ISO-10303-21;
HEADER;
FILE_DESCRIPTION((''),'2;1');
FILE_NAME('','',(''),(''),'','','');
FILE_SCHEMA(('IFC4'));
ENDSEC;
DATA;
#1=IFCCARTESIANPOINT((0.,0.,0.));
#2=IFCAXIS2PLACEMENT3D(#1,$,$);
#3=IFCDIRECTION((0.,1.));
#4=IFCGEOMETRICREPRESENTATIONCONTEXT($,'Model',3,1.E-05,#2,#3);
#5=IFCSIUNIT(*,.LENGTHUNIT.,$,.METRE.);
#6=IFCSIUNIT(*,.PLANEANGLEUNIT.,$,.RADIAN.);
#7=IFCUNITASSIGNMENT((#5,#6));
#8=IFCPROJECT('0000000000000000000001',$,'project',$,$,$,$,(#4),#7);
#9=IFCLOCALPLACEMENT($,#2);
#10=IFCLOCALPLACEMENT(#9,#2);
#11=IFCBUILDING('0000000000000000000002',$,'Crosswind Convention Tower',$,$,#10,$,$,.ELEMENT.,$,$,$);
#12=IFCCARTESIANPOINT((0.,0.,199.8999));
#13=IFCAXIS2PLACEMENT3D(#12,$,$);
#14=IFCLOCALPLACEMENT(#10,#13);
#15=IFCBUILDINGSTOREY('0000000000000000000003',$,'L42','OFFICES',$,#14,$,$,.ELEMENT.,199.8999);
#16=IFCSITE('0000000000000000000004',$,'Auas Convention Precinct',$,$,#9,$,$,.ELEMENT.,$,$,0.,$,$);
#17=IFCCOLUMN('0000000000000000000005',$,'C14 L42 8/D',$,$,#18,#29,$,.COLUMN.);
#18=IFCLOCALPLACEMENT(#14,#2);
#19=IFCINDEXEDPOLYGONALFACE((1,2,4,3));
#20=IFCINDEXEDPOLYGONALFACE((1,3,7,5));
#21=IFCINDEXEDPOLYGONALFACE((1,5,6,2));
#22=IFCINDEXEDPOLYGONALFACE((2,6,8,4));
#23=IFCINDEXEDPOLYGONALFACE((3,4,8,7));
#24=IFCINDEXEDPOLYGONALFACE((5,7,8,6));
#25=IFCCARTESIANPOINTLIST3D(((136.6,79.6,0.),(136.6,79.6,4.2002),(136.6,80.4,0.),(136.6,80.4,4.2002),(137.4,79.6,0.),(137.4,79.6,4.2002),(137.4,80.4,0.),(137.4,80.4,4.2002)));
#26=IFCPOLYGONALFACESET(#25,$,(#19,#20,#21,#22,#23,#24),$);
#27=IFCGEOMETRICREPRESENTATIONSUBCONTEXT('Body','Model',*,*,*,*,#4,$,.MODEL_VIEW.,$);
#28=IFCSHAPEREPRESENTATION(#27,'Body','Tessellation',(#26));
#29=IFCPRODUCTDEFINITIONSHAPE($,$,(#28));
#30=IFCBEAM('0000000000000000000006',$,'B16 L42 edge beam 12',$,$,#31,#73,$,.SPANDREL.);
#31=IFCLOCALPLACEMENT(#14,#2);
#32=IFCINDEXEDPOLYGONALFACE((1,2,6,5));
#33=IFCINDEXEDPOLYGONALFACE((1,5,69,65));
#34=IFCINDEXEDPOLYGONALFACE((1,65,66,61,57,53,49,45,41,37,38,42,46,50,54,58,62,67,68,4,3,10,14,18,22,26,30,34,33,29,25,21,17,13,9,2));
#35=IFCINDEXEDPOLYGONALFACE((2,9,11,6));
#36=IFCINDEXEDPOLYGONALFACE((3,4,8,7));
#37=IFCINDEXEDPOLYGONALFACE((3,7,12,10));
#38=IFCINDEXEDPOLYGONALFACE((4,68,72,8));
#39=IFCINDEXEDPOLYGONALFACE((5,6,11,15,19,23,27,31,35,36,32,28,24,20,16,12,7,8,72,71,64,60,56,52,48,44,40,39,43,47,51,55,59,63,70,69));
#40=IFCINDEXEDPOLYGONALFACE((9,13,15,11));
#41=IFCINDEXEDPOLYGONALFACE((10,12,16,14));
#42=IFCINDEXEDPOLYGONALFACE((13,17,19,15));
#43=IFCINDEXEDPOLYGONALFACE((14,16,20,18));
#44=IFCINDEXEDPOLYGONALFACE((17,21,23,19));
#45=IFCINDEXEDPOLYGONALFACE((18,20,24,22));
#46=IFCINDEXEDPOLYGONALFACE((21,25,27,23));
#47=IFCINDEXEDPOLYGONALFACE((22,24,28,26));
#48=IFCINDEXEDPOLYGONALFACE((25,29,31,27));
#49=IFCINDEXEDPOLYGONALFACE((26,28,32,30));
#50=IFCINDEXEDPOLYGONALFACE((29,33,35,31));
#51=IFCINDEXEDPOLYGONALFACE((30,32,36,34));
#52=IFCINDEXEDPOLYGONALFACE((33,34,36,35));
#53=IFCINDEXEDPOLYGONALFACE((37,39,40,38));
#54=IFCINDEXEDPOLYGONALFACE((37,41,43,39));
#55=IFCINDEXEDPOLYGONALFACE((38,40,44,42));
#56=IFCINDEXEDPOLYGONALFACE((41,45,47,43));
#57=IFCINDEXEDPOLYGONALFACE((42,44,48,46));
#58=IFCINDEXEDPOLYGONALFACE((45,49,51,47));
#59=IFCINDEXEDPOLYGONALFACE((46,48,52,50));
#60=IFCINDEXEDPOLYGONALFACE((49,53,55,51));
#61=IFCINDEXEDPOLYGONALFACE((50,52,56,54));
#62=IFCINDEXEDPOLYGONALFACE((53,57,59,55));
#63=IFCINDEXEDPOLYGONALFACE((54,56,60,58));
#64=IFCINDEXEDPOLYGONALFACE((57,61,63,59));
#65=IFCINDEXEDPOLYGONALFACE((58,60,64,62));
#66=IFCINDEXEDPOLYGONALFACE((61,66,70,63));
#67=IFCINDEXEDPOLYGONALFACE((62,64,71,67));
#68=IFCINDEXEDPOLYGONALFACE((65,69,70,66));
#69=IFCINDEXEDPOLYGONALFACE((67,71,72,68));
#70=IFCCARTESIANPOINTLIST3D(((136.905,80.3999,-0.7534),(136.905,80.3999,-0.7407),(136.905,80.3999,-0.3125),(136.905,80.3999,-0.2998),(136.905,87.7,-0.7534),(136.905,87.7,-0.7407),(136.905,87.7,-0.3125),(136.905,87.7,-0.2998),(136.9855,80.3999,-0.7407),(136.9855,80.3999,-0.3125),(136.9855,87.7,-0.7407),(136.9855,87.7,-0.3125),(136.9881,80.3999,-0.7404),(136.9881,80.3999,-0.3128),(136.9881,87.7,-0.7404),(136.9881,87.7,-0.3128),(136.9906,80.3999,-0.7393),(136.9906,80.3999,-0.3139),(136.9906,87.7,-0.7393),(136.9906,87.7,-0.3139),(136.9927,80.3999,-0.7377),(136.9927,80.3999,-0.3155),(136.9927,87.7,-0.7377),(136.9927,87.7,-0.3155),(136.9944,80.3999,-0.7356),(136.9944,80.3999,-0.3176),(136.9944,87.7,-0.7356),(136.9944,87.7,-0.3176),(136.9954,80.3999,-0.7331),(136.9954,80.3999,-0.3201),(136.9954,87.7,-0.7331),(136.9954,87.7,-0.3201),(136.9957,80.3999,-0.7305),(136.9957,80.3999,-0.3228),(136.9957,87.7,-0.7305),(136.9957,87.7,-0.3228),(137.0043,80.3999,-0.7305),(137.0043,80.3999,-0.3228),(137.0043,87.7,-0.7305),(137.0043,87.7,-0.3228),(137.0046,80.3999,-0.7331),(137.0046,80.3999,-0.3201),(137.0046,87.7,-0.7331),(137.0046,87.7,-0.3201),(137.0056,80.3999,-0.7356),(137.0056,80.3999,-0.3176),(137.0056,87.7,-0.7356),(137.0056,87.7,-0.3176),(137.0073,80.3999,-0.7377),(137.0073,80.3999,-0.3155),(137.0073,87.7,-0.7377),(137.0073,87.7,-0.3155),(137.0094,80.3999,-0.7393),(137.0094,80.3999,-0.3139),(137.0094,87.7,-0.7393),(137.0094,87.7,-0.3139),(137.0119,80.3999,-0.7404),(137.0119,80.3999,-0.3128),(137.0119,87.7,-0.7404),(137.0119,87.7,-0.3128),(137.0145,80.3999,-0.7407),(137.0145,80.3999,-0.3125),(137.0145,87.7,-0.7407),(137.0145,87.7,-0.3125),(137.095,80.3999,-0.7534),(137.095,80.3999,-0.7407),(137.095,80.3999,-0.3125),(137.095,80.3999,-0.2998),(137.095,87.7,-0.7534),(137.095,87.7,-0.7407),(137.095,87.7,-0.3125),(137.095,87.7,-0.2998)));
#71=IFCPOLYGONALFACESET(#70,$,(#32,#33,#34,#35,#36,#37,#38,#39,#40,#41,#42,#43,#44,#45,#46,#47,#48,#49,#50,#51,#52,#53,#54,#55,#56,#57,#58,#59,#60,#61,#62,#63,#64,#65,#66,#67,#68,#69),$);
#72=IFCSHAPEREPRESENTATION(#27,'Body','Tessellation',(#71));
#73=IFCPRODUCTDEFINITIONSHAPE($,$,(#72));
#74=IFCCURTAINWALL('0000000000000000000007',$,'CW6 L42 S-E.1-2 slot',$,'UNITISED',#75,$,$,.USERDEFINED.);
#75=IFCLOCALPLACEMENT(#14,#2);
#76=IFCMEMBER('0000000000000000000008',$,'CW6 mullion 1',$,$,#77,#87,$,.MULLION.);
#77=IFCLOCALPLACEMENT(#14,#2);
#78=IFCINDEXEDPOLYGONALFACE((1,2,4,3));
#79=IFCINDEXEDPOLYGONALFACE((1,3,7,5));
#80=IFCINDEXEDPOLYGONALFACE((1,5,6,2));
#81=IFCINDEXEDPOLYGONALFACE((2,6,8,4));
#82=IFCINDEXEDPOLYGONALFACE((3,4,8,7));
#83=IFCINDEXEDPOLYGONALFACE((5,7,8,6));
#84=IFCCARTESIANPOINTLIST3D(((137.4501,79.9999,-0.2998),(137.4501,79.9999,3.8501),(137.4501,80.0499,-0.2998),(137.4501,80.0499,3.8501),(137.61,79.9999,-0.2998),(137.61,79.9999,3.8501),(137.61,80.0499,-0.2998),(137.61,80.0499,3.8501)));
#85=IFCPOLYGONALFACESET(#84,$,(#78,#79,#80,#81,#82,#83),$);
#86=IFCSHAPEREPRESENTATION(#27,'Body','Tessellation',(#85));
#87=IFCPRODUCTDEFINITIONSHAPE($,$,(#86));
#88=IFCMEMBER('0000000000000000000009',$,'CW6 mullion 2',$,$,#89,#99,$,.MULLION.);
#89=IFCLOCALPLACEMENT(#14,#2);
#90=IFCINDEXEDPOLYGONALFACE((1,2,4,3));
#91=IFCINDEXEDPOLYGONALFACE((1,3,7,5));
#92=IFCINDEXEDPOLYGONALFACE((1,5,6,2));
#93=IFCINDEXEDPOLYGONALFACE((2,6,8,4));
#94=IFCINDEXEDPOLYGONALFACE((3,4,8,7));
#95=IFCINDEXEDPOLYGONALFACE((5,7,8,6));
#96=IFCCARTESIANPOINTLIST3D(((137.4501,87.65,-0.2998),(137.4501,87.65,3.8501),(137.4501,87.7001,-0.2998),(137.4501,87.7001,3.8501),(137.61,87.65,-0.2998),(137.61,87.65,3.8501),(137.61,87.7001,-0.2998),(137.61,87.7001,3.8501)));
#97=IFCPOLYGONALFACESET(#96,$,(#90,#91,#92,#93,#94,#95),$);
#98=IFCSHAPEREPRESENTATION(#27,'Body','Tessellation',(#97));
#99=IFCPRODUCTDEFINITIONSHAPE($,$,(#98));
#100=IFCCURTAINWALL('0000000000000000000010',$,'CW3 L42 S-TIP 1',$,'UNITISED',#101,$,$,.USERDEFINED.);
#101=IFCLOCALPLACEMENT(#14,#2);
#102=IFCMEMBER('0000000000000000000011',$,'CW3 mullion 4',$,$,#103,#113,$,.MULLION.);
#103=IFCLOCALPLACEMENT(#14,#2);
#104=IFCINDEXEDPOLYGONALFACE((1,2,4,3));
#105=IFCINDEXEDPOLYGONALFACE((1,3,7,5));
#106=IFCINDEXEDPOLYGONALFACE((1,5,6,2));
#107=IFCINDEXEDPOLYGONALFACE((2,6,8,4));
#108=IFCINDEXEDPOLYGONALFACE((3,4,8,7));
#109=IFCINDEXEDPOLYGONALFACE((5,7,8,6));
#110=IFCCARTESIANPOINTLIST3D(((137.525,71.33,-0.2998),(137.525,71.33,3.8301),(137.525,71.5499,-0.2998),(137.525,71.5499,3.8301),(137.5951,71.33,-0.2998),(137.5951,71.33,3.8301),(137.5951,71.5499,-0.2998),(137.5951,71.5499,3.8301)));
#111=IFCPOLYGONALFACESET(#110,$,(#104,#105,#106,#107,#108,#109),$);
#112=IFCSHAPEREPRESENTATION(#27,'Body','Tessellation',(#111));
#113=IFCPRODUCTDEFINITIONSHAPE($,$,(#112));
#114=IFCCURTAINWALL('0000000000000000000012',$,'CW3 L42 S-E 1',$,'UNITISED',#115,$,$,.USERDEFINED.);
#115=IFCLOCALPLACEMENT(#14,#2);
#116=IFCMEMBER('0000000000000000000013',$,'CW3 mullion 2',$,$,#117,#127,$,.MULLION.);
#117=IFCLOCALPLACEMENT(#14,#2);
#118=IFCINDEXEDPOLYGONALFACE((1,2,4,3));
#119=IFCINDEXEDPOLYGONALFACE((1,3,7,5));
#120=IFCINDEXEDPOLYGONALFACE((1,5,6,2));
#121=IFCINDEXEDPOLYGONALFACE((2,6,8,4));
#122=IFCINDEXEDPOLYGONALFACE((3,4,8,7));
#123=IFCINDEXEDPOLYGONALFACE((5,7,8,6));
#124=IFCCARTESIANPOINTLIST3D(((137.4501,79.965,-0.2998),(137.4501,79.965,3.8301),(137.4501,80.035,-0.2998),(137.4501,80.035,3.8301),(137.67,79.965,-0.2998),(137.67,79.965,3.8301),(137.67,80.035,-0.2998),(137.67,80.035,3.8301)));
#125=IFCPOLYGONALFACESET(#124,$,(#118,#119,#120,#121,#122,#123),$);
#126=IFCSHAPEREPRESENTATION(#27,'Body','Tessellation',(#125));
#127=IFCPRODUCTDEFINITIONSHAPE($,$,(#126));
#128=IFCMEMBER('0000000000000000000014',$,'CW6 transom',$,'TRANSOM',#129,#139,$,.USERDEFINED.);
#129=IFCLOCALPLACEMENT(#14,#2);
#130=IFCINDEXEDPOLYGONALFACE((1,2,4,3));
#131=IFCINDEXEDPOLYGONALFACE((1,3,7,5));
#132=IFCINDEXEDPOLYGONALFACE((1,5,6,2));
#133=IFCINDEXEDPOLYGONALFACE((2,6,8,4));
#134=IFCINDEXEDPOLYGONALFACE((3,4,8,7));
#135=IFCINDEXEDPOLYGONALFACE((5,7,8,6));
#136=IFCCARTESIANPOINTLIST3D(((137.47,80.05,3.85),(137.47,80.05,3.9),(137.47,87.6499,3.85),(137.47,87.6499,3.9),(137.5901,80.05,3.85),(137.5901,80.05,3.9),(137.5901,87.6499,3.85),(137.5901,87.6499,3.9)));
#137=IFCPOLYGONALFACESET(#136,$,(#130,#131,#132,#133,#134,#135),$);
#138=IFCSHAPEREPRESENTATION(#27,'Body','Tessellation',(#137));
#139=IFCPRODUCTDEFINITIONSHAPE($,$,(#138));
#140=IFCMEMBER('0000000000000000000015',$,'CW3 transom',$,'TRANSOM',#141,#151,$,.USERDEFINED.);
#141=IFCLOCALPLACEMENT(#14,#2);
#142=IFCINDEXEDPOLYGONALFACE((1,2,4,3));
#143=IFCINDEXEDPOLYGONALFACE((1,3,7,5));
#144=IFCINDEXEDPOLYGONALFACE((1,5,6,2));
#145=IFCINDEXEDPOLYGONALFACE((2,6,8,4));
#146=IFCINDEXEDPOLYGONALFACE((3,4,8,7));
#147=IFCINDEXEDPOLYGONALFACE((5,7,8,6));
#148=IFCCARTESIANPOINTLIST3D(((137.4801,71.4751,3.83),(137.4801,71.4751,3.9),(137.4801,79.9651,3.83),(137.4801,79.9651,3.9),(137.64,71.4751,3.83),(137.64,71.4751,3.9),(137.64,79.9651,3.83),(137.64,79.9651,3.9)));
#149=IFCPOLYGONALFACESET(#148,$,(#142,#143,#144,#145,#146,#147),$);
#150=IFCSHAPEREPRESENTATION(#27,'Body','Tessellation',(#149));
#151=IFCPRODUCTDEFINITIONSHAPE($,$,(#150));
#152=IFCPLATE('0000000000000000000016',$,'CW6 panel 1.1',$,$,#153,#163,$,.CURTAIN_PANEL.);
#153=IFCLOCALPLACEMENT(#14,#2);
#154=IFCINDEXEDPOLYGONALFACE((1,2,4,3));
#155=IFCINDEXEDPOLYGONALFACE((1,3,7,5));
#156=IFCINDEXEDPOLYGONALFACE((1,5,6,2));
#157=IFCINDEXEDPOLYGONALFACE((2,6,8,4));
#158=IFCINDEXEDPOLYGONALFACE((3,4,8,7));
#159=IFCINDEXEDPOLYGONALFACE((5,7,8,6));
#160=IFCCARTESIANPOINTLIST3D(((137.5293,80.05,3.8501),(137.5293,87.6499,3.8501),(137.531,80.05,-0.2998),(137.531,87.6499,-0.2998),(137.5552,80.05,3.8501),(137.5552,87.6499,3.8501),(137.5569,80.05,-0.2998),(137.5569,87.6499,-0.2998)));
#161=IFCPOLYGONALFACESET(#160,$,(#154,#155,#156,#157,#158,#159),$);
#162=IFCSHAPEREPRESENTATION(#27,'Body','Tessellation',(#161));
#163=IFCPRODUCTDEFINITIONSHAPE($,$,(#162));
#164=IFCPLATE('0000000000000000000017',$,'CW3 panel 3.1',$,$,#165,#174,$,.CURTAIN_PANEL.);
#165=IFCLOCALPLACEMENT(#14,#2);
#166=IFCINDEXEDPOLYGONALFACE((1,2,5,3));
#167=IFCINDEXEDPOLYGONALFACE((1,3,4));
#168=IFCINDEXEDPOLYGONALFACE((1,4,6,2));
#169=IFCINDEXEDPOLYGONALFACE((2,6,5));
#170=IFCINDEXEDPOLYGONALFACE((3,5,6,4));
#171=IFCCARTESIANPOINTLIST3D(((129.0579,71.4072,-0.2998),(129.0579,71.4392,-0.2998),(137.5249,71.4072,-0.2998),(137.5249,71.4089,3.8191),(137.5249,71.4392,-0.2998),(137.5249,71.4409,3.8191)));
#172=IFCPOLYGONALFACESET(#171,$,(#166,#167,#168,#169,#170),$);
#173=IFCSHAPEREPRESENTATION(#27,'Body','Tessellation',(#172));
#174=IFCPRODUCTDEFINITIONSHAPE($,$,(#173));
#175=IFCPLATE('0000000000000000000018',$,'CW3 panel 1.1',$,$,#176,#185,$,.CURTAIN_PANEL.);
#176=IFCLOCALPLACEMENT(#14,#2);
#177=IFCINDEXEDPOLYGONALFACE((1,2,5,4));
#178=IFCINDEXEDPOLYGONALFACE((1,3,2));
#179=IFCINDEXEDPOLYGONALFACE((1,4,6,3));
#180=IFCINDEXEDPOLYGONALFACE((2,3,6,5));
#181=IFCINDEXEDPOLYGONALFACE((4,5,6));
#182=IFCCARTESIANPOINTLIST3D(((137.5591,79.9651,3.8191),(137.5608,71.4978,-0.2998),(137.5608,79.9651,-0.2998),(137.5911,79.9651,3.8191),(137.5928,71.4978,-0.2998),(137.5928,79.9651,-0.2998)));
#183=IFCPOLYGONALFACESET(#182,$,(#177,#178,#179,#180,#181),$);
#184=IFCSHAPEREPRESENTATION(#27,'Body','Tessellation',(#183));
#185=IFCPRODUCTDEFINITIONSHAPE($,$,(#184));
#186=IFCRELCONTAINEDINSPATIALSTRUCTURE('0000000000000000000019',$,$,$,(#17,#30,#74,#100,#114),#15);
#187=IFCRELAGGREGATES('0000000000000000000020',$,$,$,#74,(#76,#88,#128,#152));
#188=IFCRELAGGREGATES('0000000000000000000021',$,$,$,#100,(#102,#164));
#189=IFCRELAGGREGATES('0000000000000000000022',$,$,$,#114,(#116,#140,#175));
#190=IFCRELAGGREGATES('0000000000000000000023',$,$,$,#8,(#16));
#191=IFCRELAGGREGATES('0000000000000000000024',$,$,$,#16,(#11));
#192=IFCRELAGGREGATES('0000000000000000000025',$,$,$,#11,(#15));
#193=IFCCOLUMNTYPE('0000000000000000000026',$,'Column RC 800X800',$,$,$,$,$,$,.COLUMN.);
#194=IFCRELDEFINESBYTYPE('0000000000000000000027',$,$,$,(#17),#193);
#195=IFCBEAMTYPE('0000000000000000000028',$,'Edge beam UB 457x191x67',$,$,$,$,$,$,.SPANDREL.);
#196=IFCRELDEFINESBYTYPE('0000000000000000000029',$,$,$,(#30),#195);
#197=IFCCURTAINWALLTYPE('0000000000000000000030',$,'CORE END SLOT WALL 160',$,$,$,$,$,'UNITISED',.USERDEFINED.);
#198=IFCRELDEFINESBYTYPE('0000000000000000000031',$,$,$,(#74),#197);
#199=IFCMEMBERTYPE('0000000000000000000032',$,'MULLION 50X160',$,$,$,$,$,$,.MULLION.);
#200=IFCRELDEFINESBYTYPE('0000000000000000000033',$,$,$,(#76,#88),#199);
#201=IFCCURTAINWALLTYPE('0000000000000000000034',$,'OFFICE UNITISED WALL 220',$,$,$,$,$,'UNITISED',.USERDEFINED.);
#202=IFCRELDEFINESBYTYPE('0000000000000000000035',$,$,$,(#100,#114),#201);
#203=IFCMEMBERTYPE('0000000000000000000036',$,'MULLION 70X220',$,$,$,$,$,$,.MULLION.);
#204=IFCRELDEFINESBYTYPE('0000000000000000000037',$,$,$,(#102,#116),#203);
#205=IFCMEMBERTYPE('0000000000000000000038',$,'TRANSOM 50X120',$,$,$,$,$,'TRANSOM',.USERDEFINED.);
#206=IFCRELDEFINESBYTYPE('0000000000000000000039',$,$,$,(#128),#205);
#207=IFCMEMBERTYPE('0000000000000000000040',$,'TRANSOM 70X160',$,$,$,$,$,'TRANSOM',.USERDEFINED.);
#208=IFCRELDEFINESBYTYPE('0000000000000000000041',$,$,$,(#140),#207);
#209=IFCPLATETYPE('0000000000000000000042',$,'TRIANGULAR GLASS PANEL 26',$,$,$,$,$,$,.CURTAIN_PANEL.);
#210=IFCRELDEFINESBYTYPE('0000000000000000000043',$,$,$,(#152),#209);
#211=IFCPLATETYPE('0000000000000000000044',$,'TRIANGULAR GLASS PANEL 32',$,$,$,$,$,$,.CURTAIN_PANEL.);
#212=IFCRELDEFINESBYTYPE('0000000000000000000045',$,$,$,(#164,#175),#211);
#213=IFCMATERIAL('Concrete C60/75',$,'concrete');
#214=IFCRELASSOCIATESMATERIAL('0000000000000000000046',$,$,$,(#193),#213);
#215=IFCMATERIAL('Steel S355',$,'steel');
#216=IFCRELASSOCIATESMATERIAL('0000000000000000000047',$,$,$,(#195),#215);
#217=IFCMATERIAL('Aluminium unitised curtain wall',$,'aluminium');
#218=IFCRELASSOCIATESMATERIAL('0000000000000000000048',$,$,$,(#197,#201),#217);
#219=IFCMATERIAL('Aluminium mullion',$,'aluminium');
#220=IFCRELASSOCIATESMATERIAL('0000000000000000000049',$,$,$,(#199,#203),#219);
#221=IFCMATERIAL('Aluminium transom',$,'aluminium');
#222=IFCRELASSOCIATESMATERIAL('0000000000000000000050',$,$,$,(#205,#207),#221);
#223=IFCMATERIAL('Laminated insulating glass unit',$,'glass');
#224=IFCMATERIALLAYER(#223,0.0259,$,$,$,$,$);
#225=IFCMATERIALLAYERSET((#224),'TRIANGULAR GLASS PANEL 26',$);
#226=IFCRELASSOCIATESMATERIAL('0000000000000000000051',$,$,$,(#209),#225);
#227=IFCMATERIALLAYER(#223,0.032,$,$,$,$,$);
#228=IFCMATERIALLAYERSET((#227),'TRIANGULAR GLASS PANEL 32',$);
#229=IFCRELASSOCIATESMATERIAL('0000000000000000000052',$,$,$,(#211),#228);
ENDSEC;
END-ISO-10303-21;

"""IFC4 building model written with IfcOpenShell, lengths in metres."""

from ifc_helpers import new_model, si_unit, direction, frame, origin, origin_2d, place, context, subcontext, project, spatial, polyline, rectangle, i_section, outline, extrude, material, layer, layer_set, material_profile, profile_set, type_object, element, aggregate, save


model = new_model("IFC4")

# Units and contexts
model_context = context("Model", 3, precision=1e-05, world=origin(), true_north=direction((0.0, 1.0)))
body_context = subcontext(model_context, "Body", "Model", "MODEL_VIEW")
ifc_project = project(units=[si_unit("LENGTHUNIT", "METRE"), si_unit("PLANEANGLEUNIT", "RADIAN")], contexts=[model_context])

# Site, building, storey
site_placement = place(None, origin())
site = spatial("IfcSite", under=ifc_project, at=site_placement, Name="Auas Convention Precinct", CompositionType="ELEMENT", RefElevation=0.0)
building_placement = place(site_placement, origin())
building = spatial("IfcBuilding", under=site, at=building_placement, Name="Crosswind Convention Tower", CompositionType="ELEMENT")
storey_placement = place(building_placement, frame((0.0, 0.0, 199.8999)))
storey = spatial("IfcBuildingStorey", under=building, at=storey_placement, Name="L42", Description="OFFICES", CompositionType="ELEMENT", Elevation=199.8999)

# Column
ifc_material_1 = material(Name="Concrete C60/75", Category="concrete")
ifc_material_profile_1 = material_profile(ifc_material_1, rectangle(XDim=0.8, YDim=0.8, at=origin_2d()), Name="RC 800X800")
ifc_profile_set_1 = profile_set([ifc_material_profile_1], Name="Concrete C60/75")
column_type = type_object("IfcColumnType", Name="Column RC 800X800", PredefinedType="COLUMN", material=ifc_profile_set_1)
column_placement = place(storey_placement, frame((137.0, 80.0, 0.0), z_axis=(0.0, 0.0, 1.0), x_axis=(1.0, 0.0, 0.0)))
element("IfcColumn", 1, at=column_placement, inside=storey, type_object=column_type, Name="C14 L42 8/D", PredefinedType="COLUMN", context=body_context, shape_type="SweptSolid", body=[
    extrude(rectangle(XDim=0.8, YDim=0.8, at=origin_2d()), origin(), (0.0, 0.0, 1.0), 4.2002),
])

# Beam
ifc_material_2 = material(Name="Steel S355", Category="steel")
ifc_material_profile_2 = material_profile(ifc_material_2, i_section(OverallWidth=0.1899, OverallDepth=0.4536, WebThickness=0.0085, FlangeThickness=0.0127, FilletRadius=0.0103, at=origin_2d()), Name="UB 457x191x67")
ifc_profile_set_2 = profile_set([ifc_material_profile_2], Name="Steel S355")
beam_type = type_object("IfcBeamType", Name="Edge beam UB 457x191x67", PredefinedType="SPANDREL", material=ifc_profile_set_2)
beam_placement = place(storey_placement, frame((137.0, 80.3999, -0.5266), z_axis=(0.0, 1.0, 0.0), x_axis=(-1.0, 0.0, 0.0)))
element("IfcBeam", 2, at=beam_placement, inside=storey, type_object=beam_type, Name="B16 L42 edge beam 12", PredefinedType="SPANDREL", context=body_context, shape_type="SweptSolid", body=[
    extrude(i_section(OverallWidth=0.1899, OverallDepth=0.4536, WebThickness=0.0085, FlangeThickness=0.0127, FilletRadius=0.0103, at=origin_2d()), origin(), (0.0, 0.0, 1.0), 7.3),
])

# Curtain wall, members
ifc_material_3 = material(Name="Aluminium unitised curtain wall", Category="aluminium")
curtain_wall_type_1 = type_object("IfcCurtainWallType", Name="CORE END SLOT WALL 160", ElementType="UNITISED", PredefinedType="USERDEFINED", material=ifc_material_3)
curtain_wall_1_placement = place(storey_placement, origin())
curtain_wall_1 = element("IfcCurtainWall", 3, at=curtain_wall_1_placement, inside=storey, type_object=curtain_wall_type_1, Name="CW6 L42 S-E.1-2 slot", ObjectType="UNITISED", PredefinedType="USERDEFINED")
ifc_material_4 = material(Name="Aluminium mullion", Category="aluminium")
ifc_material_profile_3 = material_profile(ifc_material_4, rectangle(XDim=0.1599, YDim=0.05, at=origin_2d()), Name="AL 160X50")
ifc_profile_set_3 = profile_set([ifc_material_profile_3], Name="Aluminium mullion")
member_type_1 = type_object("IfcMemberType", Name="MULLION 50X160", PredefinedType="MULLION", material=ifc_profile_set_3)
member_1_placement = place(storey_placement, frame((137.53, 80.0249, -0.2998), z_axis=(0.0, 0.0, 1.0), x_axis=(1.0, 0.0, 0.0)))
member_1 = element("IfcMember", 4, at=member_1_placement, type_object=member_type_1, Name="CW6 mullion 1", PredefinedType="MULLION", context=body_context, shape_type="SweptSolid", body=[
    extrude(rectangle(XDim=0.1599, YDim=0.05, at=origin_2d()), origin(), (0.0, 0.0, 1.0), 4.1499),
])
member_2_placement = place(storey_placement, frame((137.53, 87.675, -0.2998), z_axis=(0.0, 0.0, 1.0), x_axis=(1.0, 0.0, 0.0)))
member_2 = element("IfcMember", 5, at=member_2_placement, type_object=member_type_1, Name="CW6 mullion 2", PredefinedType="MULLION", context=body_context, shape_type="SweptSolid", body=[
    extrude(rectangle(XDim=0.1599, YDim=0.05, at=origin_2d()), origin(), (0.0, 0.0, 1.0), 4.1499),
])

# Curtain walls, members
curtain_wall_type_2 = type_object("IfcCurtainWallType", Name="OFFICE UNITISED WALL 220", ElementType="UNITISED", PredefinedType="USERDEFINED", material=ifc_material_3)
curtain_wall_2_placement = place(storey_placement, origin())
curtain_wall_2 = element("IfcCurtainWall", 6, at=curtain_wall_2_placement, inside=storey, type_object=curtain_wall_type_2, Name="CW3 L42 S-TIP 1", ObjectType="UNITISED", PredefinedType="USERDEFINED")
ifc_material_profile_4 = material_profile(ifc_material_4, rectangle(XDim=0.22, YDim=0.0701, at=origin_2d()), Name="AL 220X70")
ifc_profile_set_4 = profile_set([ifc_material_profile_4], Name="Aluminium mullion")
member_type_2 = type_object("IfcMemberType", Name="MULLION 70X220", PredefinedType="MULLION", material=ifc_profile_set_4)
member_3_placement = place(storey_placement, frame((137.5601, 71.4399, -0.2998), z_axis=(0.0, 0.0, 1.0), x_axis=(0.0, -1.0, 0.0)))
member_3 = element("IfcMember", 7, at=member_3_placement, type_object=member_type_2, Name="CW3 mullion 4", PredefinedType="MULLION", context=body_context, shape_type="SweptSolid", body=[
    extrude(rectangle(XDim=0.22, YDim=0.0701, at=origin_2d()), origin(), (0.0, 0.0, 1.0), 4.1299),
])
curtain_wall_3_placement = place(storey_placement, origin())
curtain_wall_3 = element("IfcCurtainWall", 8, at=curtain_wall_3_placement, inside=storey, type_object=curtain_wall_type_2, Name="CW3 L42 S-E 1", ObjectType="UNITISED", PredefinedType="USERDEFINED")
member_4_placement = place(storey_placement, frame((137.5601, 80.0, -0.2998), z_axis=(0.0, 0.0, 1.0), x_axis=(1.0, 0.0, 0.0)))
member_4 = element("IfcMember", 9, at=member_4_placement, type_object=member_type_2, Name="CW3 mullion 2", PredefinedType="MULLION", context=body_context, shape_type="SweptSolid", body=[
    extrude(rectangle(XDim=0.22, YDim=0.0701, at=origin_2d()), origin(), (0.0, 0.0, 1.0), 4.1299),
])

# Members
ifc_material_5 = material(Name="Aluminium transom", Category="aluminium")
ifc_material_profile_5 = material_profile(ifc_material_5, rectangle(XDim=0.1201, YDim=0.05, at=origin_2d()), Name="AL 120X50")
ifc_profile_set_5 = profile_set([ifc_material_profile_5], Name="Aluminium transom")
member_type_3 = type_object("IfcMemberType", Name="TRANSOM 50X120", ElementType="TRANSOM", PredefinedType="USERDEFINED", material=ifc_profile_set_5)
member_5_placement = place(storey_placement, frame((137.53, 80.05, 3.875), z_axis=(0.0, 1.0, 0.0), x_axis=(-1.0, 0.0, 0.0)))
member_5 = element("IfcMember", 10, at=member_5_placement, type_object=member_type_3, Name="CW6 transom", ObjectType="TRANSOM", PredefinedType="USERDEFINED", context=body_context, shape_type="SweptSolid", body=[
    extrude(rectangle(XDim=0.1201, YDim=0.05, at=origin_2d()), origin(), (0.0, 0.0, 1.0), 7.5999),
])
ifc_material_profile_6 = material_profile(ifc_material_5, rectangle(XDim=0.1599, YDim=0.0701, at=origin_2d()), Name="AL 160X70")
ifc_profile_set_6 = profile_set([ifc_material_profile_6], Name="Aluminium transom")
member_type_4 = type_object("IfcMemberType", Name="TRANSOM 70X160", ElementType="TRANSOM", PredefinedType="USERDEFINED", material=ifc_profile_set_6)
member_6_placement = place(storey_placement, frame((137.5601, 71.4751, 3.865), z_axis=(0.0, 1.0, 0.0), x_axis=(-1.0, 0.0, 0.0)))
member_6 = element("IfcMember", 11, at=member_6_placement, type_object=member_type_4, Name="CW3 transom", ObjectType="TRANSOM", PredefinedType="USERDEFINED", context=body_context, shape_type="SweptSolid", body=[
    extrude(rectangle(XDim=0.1599, YDim=0.0701, at=origin_2d()), origin(), (0.0, 0.0, 1.0), 8.49),
])

# Plates
ifc_material_6 = material(Name="Laminated insulating glass unit", Category="glass")
ifc_layer_1 = layer(ifc_material_6, 0.0259)
ifc_layer_set_1 = layer_set([ifc_layer_1], Name="TRIANGULAR GLASS PANEL 26")
plate_type_1 = type_object("IfcPlateType", Name="TRIANGULAR GLASS PANEL 26", PredefinedType="CURTAIN_PANEL", material=ifc_layer_set_1)
plate_1_placement = place(storey_placement, frame((137.5569, 80.05, -0.2998), z_axis=(1.0, 0.0, 0.000412), x_axis=(0.0, 1.0, 0.0)))
plate_1 = element("IfcPlate", 12, at=plate_1_placement, type_object=plate_type_1, Name="CW6 panel 1.1", PredefinedType="CURTAIN_PANEL", context=body_context, shape_type="SweptSolid", body=[
    extrude(outline(polyline([(0.0, 0.0), (7.5999, 0.0), (7.5999, 4.1499), (0.0, 4.1499), (0.0, 0.0)])), origin(), (0.0, 0.0, -1.0), 0.0259),
])
aggregate(curtain_wall_1, [member_1, member_2, member_5, plate_1])
ifc_layer_2 = layer(ifc_material_6, 0.032)
ifc_layer_set_2 = layer_set([ifc_layer_2], Name="TRIANGULAR GLASS PANEL 32")
plate_type_2 = type_object("IfcPlateType", Name="TRIANGULAR GLASS PANEL 32", PredefinedType="CURTAIN_PANEL", material=ifc_layer_set_2)
plate_2_placement = place(storey_placement, frame((137.5249, 71.4072, -0.2998), z_axis=(0.0, -1.0, 0.000415), x_axis=(0.0, 0.000415, 1.0)))
plate_2 = element("IfcPlate", 13, at=plate_2_placement, type_object=plate_type_2, Name="CW3 panel 3.1", PredefinedType="CURTAIN_PANEL", context=body_context, shape_type="SweptSolid", body=[
    extrude(outline(polyline([(0.0, 0.0), (4.1189, 0.0), (0.0, 8.467), (0.0, 0.0)])), origin(), (0.0, 0.0, -1.0), 0.032),
])
aggregate(curtain_wall_2, [member_3, plate_2])
plate_3_placement = place(storey_placement, frame((137.5928, 79.9651, -0.2998), z_axis=(1.0, 0.0, 0.000415), x_axis=(-0.000415, 0.0, 1.0)))
plate_3 = element("IfcPlate", 14, at=plate_3_placement, type_object=plate_type_2, Name="CW3 panel 1.1", PredefinedType="CURTAIN_PANEL", context=body_context, shape_type="SweptSolid", body=[
    extrude(outline(polyline([(0.0, 0.0), (4.1189, 0.0), (0.0, 8.4673), (0.0, 0.0)])), origin(), (0.0, 0.0, -1.0), 0.032),
])

aggregate(curtain_wall_3, [member_4, member_6, plate_3])

save(model, "model.ifc")
